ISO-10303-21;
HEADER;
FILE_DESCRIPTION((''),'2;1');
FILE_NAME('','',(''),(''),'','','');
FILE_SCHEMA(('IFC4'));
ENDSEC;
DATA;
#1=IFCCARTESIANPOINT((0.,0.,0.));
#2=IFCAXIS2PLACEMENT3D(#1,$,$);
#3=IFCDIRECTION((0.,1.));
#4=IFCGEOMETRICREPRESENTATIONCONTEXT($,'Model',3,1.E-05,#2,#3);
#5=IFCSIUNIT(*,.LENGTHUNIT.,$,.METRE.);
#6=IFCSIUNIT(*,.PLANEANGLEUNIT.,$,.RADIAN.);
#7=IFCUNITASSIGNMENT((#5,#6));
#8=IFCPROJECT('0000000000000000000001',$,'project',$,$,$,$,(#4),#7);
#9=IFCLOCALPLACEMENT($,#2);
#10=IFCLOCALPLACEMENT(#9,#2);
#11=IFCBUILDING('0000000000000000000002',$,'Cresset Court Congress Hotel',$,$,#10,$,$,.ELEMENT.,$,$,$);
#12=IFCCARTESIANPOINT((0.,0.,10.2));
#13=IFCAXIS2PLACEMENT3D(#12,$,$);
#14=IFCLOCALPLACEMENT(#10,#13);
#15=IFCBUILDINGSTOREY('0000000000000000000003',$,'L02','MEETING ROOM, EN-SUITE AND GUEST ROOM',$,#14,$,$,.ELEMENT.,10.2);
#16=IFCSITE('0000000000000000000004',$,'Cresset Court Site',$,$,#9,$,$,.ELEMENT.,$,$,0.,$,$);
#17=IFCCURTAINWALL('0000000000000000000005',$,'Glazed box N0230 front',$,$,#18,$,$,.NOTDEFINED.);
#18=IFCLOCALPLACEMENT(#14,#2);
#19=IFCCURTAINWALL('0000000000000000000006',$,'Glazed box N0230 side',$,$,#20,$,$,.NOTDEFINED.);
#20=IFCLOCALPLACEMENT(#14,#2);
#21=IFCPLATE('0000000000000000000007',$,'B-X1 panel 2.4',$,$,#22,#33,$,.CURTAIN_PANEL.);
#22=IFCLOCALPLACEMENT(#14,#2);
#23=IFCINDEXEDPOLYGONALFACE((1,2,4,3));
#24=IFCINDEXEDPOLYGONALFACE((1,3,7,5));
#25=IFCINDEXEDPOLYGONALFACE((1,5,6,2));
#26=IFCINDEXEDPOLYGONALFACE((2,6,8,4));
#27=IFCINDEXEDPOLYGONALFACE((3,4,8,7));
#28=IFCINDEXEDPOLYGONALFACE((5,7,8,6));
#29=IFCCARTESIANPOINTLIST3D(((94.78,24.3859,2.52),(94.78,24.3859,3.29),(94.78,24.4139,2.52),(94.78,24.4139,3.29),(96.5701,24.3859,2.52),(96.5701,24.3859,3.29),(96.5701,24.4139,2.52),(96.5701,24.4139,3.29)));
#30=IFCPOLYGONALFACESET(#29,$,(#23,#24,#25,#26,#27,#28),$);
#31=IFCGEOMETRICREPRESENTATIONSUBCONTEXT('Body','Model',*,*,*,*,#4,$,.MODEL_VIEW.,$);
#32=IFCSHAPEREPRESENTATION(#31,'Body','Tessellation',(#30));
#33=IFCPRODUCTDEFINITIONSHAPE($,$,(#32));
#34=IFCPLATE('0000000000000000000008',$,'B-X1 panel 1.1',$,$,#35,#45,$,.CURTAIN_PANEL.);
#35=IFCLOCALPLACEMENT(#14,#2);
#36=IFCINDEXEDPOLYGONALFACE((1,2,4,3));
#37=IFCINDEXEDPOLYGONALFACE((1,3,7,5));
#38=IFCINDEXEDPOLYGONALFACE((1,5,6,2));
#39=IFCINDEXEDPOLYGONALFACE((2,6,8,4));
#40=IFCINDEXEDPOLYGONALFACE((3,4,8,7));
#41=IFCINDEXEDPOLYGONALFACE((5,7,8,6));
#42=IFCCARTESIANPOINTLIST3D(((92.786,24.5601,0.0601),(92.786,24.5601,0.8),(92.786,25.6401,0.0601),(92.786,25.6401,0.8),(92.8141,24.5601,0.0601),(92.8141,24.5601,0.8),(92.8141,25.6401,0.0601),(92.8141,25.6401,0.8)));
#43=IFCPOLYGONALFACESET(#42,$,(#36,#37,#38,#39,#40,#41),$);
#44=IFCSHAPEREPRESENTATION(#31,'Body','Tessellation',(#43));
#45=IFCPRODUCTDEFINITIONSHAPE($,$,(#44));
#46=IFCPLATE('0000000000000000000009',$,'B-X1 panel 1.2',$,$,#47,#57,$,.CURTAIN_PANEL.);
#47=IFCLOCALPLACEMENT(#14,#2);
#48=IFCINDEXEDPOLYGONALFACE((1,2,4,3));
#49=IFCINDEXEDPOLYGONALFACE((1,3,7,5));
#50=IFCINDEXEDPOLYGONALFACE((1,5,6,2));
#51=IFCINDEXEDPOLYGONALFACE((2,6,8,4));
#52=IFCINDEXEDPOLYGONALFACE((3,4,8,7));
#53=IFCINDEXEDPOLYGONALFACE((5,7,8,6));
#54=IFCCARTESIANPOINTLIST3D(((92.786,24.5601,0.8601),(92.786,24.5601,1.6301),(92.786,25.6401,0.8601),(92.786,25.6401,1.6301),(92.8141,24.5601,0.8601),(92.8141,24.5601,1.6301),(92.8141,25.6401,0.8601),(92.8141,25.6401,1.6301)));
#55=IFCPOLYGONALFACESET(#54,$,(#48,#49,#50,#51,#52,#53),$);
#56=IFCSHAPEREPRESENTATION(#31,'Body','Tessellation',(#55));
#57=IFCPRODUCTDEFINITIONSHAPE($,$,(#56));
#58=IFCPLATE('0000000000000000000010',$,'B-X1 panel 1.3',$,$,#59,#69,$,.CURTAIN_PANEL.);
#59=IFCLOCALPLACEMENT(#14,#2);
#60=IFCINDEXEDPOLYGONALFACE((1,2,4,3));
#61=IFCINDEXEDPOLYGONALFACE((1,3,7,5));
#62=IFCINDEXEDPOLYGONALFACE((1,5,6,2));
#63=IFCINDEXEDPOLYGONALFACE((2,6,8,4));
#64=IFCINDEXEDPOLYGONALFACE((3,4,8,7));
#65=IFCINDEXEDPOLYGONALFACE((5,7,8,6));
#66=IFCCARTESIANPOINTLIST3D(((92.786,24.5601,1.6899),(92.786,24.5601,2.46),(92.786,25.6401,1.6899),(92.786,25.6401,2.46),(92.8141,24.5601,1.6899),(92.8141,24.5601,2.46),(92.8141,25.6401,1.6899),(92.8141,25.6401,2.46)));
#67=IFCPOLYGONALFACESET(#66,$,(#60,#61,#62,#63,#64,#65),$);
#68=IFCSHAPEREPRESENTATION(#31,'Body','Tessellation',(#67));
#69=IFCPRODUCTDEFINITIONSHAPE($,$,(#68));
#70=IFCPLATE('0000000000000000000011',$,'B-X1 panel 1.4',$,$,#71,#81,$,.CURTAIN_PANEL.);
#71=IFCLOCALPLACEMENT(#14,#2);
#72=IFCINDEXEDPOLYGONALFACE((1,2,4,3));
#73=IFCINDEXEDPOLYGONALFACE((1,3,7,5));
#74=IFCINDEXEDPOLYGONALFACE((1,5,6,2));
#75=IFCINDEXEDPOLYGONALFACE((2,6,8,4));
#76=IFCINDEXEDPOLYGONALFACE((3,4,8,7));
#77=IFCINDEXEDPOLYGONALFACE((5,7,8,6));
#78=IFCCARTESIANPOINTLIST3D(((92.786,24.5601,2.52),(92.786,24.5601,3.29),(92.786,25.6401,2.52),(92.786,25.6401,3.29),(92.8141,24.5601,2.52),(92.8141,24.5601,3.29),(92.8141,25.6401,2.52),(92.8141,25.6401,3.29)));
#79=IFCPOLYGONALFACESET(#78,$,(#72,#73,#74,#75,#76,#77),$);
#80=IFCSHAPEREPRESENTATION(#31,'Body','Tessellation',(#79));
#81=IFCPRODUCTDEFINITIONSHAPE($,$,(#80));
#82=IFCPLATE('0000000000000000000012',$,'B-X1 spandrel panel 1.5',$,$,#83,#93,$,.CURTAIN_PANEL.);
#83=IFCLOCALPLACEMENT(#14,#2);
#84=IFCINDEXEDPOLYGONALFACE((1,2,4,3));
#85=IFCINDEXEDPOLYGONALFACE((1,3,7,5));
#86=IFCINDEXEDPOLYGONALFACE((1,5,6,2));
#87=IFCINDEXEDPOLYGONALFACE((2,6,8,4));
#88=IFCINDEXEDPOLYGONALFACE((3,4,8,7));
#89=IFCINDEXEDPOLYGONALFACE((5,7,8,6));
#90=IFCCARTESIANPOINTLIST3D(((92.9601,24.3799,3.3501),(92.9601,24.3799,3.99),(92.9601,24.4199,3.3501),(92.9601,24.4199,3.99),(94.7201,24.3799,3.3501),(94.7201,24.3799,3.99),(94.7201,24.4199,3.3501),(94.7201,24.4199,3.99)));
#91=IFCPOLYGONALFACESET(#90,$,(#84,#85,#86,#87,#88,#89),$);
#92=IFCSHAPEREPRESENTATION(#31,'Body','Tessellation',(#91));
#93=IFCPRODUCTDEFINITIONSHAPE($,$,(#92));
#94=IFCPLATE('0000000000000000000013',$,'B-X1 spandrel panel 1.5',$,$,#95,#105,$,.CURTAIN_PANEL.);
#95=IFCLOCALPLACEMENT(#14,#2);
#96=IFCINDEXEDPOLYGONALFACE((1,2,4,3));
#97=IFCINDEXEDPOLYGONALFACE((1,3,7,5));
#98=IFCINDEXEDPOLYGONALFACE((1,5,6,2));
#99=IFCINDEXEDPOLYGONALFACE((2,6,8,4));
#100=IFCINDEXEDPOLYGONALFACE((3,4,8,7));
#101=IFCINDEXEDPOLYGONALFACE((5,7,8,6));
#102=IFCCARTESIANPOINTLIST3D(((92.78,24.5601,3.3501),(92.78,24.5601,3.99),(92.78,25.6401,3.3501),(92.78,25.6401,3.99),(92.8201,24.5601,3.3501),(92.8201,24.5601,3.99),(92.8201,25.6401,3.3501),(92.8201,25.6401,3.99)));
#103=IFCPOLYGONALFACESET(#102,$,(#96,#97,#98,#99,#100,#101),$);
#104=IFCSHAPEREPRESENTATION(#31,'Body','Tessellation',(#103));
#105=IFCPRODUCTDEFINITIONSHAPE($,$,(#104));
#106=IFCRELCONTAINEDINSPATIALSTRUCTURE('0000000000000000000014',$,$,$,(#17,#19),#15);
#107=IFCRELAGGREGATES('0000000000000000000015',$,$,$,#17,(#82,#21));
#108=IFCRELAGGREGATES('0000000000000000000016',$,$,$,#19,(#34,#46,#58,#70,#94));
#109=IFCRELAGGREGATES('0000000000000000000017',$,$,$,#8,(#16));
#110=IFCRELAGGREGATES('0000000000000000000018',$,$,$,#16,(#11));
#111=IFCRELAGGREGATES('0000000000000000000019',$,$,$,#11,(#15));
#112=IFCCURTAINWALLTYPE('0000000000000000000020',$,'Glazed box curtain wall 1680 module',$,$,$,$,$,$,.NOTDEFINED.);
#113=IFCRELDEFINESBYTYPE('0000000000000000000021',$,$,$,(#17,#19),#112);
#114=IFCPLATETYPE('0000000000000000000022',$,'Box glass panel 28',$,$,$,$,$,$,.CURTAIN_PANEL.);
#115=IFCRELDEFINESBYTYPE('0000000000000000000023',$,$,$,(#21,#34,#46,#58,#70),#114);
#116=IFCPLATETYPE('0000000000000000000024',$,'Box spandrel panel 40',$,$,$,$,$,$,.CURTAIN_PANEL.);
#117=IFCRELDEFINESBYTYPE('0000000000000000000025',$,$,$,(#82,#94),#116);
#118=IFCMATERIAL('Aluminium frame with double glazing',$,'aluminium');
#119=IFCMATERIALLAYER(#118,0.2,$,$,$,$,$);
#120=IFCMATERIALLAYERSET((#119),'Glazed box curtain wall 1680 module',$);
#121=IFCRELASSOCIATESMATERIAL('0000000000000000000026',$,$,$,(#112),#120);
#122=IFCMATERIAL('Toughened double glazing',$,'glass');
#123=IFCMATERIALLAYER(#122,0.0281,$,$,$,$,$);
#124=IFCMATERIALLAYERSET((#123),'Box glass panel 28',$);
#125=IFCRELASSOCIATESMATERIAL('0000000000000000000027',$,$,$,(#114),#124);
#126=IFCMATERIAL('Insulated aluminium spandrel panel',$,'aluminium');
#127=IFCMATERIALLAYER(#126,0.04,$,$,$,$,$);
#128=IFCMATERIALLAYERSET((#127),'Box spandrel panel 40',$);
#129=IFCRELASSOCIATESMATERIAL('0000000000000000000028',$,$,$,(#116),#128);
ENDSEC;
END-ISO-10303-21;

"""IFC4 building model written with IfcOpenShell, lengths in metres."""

from ifc_helpers import new_model, si_unit, direction, frame, origin, origin_2d, place, context, subcontext, project, spatial, rectangle, extrude, material, layer, layer_set, type_object, element, aggregate, save


model = new_model("IFC4")

# Units and contexts
model_context = context("Model", 3, precision=1e-05, world=origin(), true_north=direction((0.0, 1.0)))
body_context = subcontext(model_context, "Body", "Model", "MODEL_VIEW")
ifc_project = project(units=[si_unit("LENGTHUNIT", "METRE"), si_unit("PLANEANGLEUNIT", "RADIAN")], contexts=[model_context])

# Site, building, storey
site_placement = place(None, origin())
site = spatial("IfcSite", under=ifc_project, at=site_placement, Name="Cresset Court Site", CompositionType="ELEMENT", RefElevation=0.0)
building_placement = place(site_placement, origin())
building = spatial("IfcBuilding", under=site, at=building_placement, Name="Cresset Court Congress Hotel", CompositionType="ELEMENT")
storey_placement = place(building_placement, frame((0.0, 0.0, 10.2)))
storey = spatial("IfcBuildingStorey", under=building, at=storey_placement, Name="L02", Description="MEETING ROOM, EN-SUITE AND GUEST ROOM", CompositionType="ELEMENT", Elevation=10.2)

# Curtain walls
ifc_material_1 = material(Name="Aluminium frame with double glazing", Category="aluminium")
ifc_layer_1 = layer(ifc_material_1, 0.2)
ifc_layer_set_1 = layer_set([ifc_layer_1], Name="Glazed box curtain wall 1680 module")
curtain_wall_type = type_object("IfcCurtainWallType", Name="Glazed box curtain wall 1680 module", PredefinedType="NOTDEFINED", material=ifc_layer_set_1)
curtain_wall_1_placement = place(storey_placement, origin())
curtain_wall_1 = element("IfcCurtainWall", 1, at=curtain_wall_1_placement, inside=storey, type_object=curtain_wall_type, Name="Glazed box N0230 front", PredefinedType="NOTDEFINED")
curtain_wall_2_placement = place(storey_placement, origin())
curtain_wall_2 = element("IfcCurtainWall", 2, at=curtain_wall_2_placement, inside=storey, type_object=curtain_wall_type, Name="Glazed box N0230 side", PredefinedType="NOTDEFINED")

# Plates
ifc_material_2 = material(Name="Toughened double glazing", Category="glass")
ifc_layer_2 = layer(ifc_material_2, 0.0281)
ifc_layer_set_2 = layer_set([ifc_layer_2], Name="Box glass panel 28")
plate_type_1 = type_object("IfcPlateType", Name="Box glass panel 28", PredefinedType="CURTAIN_PANEL", material=ifc_layer_set_2)
plate_1_placement = place(storey_placement, frame((95.675, 24.3999, 2.52), z_axis=(0.0, 0.0, 1.0), x_axis=(1.0, 0.0, 0.0)))
plate_1 = element("IfcPlate", 3, at=plate_1_placement, type_object=plate_type_1, Name="B-X1 panel 2.4", PredefinedType="CURTAIN_PANEL", context=body_context, shape_type="SweptSolid", body=[
    extrude(rectangle(XDim=1.79, YDim=0.0281, at=origin_2d()), origin(), (0.0, 0.0, 1.0), 0.77),
])
plate_2_placement = place(storey_placement, frame((92.8, 25.1001, 0.0601), z_axis=(0.0, 0.0, 1.0), x_axis=(0.0, -1.0, 0.0)))
plate_2 = element("IfcPlate", 4, at=plate_2_placement, type_object=plate_type_1, Name="B-X1 panel 1.1", PredefinedType="CURTAIN_PANEL", context=body_context, shape_type="SweptSolid", body=[
    extrude(rectangle(XDim=1.0801, YDim=0.0281, at=origin_2d()), origin(), (0.0, 0.0, 1.0), 0.74),
])
plate_3_placement = place(storey_placement, frame((92.8, 25.1001, 0.8601), z_axis=(0.0, 0.0, 1.0), x_axis=(0.0, -1.0, 0.0)))
plate_3 = element("IfcPlate", 5, at=plate_3_placement, type_object=plate_type_1, Name="B-X1 panel 1.2", PredefinedType="CURTAIN_PANEL", context=body_context, shape_type="SweptSolid", body=[
    extrude(rectangle(XDim=1.0801, YDim=0.0281, at=origin_2d()), origin(), (0.0, 0.0, 1.0), 0.77),
])
plate_4_placement = place(storey_placement, frame((92.8, 25.1001, 1.6899), z_axis=(0.0, 0.0, 1.0), x_axis=(0.0, -1.0, 0.0)))
plate_4 = element("IfcPlate", 6, at=plate_4_placement, type_object=plate_type_1, Name="B-X1 panel 1.3", PredefinedType="CURTAIN_PANEL", context=body_context, shape_type="SweptSolid", body=[
    extrude(rectangle(XDim=1.0801, YDim=0.0281, at=origin_2d()), origin(), (0.0, 0.0, 1.0), 0.77),
])
plate_5_placement = place(storey_placement, frame((92.8, 25.1001, 2.52), z_axis=(0.0, 0.0, 1.0), x_axis=(0.0, -1.0, 0.0)))
plate_5 = element("IfcPlate", 7, at=plate_5_placement, type_object=plate_type_1, Name="B-X1 panel 1.4", PredefinedType="CURTAIN_PANEL", context=body_context, shape_type="SweptSolid", body=[
    extrude(rectangle(XDim=1.0801, YDim=0.0281, at=origin_2d()), origin(), (0.0, 0.0, 1.0), 0.77),
])
ifc_material_3 = material(Name="Insulated aluminium spandrel panel", Category="aluminium")
ifc_layer_3 = layer(ifc_material_3, 0.04)
ifc_layer_set_3 = layer_set([ifc_layer_3], Name="Box spandrel panel 40")
plate_type_2 = type_object("IfcPlateType", Name="Box spandrel panel 40", PredefinedType="CURTAIN_PANEL", material=ifc_layer_set_3)
plate_6_placement = place(storey_placement, frame((93.8401, 24.3999, 3.3501), z_axis=(0.0, 0.0, 1.0), x_axis=(1.0, 0.0, 0.0)))
plate_6 = element("IfcPlate", 8, at=plate_6_placement, type_object=plate_type_2, Name="B-X1 spandrel panel 1.5", PredefinedType="CURTAIN_PANEL", context=body_context, shape_type="SweptSolid", body=[
    extrude(rectangle(XDim=1.76, YDim=0.04, at=origin_2d()), origin(), (0.0, 0.0, 1.0), 0.6399),
])
aggregate(curtain_wall_1, [plate_6, plate_1])
plate_7_placement = place(storey_placement, frame((92.8, 25.1001, 3.3501), z_axis=(0.0, 0.0, 1.0), x_axis=(0.0, -1.0, 0.0)))
plate_7 = element("IfcPlate", 9, at=plate_7_placement, type_object=plate_type_2, Name="B-X1 spandrel panel 1.5", PredefinedType="CURTAIN_PANEL", context=body_context, shape_type="SweptSolid", body=[
    extrude(rectangle(XDim=1.0801, YDim=0.04, at=origin_2d()), origin(), (0.0, 0.0, 1.0), 0.6399),
])
aggregate(curtain_wall_2, [plate_2, plate_3, plate_4, plate_5, plate_7])

save(model, "model.ifc")
